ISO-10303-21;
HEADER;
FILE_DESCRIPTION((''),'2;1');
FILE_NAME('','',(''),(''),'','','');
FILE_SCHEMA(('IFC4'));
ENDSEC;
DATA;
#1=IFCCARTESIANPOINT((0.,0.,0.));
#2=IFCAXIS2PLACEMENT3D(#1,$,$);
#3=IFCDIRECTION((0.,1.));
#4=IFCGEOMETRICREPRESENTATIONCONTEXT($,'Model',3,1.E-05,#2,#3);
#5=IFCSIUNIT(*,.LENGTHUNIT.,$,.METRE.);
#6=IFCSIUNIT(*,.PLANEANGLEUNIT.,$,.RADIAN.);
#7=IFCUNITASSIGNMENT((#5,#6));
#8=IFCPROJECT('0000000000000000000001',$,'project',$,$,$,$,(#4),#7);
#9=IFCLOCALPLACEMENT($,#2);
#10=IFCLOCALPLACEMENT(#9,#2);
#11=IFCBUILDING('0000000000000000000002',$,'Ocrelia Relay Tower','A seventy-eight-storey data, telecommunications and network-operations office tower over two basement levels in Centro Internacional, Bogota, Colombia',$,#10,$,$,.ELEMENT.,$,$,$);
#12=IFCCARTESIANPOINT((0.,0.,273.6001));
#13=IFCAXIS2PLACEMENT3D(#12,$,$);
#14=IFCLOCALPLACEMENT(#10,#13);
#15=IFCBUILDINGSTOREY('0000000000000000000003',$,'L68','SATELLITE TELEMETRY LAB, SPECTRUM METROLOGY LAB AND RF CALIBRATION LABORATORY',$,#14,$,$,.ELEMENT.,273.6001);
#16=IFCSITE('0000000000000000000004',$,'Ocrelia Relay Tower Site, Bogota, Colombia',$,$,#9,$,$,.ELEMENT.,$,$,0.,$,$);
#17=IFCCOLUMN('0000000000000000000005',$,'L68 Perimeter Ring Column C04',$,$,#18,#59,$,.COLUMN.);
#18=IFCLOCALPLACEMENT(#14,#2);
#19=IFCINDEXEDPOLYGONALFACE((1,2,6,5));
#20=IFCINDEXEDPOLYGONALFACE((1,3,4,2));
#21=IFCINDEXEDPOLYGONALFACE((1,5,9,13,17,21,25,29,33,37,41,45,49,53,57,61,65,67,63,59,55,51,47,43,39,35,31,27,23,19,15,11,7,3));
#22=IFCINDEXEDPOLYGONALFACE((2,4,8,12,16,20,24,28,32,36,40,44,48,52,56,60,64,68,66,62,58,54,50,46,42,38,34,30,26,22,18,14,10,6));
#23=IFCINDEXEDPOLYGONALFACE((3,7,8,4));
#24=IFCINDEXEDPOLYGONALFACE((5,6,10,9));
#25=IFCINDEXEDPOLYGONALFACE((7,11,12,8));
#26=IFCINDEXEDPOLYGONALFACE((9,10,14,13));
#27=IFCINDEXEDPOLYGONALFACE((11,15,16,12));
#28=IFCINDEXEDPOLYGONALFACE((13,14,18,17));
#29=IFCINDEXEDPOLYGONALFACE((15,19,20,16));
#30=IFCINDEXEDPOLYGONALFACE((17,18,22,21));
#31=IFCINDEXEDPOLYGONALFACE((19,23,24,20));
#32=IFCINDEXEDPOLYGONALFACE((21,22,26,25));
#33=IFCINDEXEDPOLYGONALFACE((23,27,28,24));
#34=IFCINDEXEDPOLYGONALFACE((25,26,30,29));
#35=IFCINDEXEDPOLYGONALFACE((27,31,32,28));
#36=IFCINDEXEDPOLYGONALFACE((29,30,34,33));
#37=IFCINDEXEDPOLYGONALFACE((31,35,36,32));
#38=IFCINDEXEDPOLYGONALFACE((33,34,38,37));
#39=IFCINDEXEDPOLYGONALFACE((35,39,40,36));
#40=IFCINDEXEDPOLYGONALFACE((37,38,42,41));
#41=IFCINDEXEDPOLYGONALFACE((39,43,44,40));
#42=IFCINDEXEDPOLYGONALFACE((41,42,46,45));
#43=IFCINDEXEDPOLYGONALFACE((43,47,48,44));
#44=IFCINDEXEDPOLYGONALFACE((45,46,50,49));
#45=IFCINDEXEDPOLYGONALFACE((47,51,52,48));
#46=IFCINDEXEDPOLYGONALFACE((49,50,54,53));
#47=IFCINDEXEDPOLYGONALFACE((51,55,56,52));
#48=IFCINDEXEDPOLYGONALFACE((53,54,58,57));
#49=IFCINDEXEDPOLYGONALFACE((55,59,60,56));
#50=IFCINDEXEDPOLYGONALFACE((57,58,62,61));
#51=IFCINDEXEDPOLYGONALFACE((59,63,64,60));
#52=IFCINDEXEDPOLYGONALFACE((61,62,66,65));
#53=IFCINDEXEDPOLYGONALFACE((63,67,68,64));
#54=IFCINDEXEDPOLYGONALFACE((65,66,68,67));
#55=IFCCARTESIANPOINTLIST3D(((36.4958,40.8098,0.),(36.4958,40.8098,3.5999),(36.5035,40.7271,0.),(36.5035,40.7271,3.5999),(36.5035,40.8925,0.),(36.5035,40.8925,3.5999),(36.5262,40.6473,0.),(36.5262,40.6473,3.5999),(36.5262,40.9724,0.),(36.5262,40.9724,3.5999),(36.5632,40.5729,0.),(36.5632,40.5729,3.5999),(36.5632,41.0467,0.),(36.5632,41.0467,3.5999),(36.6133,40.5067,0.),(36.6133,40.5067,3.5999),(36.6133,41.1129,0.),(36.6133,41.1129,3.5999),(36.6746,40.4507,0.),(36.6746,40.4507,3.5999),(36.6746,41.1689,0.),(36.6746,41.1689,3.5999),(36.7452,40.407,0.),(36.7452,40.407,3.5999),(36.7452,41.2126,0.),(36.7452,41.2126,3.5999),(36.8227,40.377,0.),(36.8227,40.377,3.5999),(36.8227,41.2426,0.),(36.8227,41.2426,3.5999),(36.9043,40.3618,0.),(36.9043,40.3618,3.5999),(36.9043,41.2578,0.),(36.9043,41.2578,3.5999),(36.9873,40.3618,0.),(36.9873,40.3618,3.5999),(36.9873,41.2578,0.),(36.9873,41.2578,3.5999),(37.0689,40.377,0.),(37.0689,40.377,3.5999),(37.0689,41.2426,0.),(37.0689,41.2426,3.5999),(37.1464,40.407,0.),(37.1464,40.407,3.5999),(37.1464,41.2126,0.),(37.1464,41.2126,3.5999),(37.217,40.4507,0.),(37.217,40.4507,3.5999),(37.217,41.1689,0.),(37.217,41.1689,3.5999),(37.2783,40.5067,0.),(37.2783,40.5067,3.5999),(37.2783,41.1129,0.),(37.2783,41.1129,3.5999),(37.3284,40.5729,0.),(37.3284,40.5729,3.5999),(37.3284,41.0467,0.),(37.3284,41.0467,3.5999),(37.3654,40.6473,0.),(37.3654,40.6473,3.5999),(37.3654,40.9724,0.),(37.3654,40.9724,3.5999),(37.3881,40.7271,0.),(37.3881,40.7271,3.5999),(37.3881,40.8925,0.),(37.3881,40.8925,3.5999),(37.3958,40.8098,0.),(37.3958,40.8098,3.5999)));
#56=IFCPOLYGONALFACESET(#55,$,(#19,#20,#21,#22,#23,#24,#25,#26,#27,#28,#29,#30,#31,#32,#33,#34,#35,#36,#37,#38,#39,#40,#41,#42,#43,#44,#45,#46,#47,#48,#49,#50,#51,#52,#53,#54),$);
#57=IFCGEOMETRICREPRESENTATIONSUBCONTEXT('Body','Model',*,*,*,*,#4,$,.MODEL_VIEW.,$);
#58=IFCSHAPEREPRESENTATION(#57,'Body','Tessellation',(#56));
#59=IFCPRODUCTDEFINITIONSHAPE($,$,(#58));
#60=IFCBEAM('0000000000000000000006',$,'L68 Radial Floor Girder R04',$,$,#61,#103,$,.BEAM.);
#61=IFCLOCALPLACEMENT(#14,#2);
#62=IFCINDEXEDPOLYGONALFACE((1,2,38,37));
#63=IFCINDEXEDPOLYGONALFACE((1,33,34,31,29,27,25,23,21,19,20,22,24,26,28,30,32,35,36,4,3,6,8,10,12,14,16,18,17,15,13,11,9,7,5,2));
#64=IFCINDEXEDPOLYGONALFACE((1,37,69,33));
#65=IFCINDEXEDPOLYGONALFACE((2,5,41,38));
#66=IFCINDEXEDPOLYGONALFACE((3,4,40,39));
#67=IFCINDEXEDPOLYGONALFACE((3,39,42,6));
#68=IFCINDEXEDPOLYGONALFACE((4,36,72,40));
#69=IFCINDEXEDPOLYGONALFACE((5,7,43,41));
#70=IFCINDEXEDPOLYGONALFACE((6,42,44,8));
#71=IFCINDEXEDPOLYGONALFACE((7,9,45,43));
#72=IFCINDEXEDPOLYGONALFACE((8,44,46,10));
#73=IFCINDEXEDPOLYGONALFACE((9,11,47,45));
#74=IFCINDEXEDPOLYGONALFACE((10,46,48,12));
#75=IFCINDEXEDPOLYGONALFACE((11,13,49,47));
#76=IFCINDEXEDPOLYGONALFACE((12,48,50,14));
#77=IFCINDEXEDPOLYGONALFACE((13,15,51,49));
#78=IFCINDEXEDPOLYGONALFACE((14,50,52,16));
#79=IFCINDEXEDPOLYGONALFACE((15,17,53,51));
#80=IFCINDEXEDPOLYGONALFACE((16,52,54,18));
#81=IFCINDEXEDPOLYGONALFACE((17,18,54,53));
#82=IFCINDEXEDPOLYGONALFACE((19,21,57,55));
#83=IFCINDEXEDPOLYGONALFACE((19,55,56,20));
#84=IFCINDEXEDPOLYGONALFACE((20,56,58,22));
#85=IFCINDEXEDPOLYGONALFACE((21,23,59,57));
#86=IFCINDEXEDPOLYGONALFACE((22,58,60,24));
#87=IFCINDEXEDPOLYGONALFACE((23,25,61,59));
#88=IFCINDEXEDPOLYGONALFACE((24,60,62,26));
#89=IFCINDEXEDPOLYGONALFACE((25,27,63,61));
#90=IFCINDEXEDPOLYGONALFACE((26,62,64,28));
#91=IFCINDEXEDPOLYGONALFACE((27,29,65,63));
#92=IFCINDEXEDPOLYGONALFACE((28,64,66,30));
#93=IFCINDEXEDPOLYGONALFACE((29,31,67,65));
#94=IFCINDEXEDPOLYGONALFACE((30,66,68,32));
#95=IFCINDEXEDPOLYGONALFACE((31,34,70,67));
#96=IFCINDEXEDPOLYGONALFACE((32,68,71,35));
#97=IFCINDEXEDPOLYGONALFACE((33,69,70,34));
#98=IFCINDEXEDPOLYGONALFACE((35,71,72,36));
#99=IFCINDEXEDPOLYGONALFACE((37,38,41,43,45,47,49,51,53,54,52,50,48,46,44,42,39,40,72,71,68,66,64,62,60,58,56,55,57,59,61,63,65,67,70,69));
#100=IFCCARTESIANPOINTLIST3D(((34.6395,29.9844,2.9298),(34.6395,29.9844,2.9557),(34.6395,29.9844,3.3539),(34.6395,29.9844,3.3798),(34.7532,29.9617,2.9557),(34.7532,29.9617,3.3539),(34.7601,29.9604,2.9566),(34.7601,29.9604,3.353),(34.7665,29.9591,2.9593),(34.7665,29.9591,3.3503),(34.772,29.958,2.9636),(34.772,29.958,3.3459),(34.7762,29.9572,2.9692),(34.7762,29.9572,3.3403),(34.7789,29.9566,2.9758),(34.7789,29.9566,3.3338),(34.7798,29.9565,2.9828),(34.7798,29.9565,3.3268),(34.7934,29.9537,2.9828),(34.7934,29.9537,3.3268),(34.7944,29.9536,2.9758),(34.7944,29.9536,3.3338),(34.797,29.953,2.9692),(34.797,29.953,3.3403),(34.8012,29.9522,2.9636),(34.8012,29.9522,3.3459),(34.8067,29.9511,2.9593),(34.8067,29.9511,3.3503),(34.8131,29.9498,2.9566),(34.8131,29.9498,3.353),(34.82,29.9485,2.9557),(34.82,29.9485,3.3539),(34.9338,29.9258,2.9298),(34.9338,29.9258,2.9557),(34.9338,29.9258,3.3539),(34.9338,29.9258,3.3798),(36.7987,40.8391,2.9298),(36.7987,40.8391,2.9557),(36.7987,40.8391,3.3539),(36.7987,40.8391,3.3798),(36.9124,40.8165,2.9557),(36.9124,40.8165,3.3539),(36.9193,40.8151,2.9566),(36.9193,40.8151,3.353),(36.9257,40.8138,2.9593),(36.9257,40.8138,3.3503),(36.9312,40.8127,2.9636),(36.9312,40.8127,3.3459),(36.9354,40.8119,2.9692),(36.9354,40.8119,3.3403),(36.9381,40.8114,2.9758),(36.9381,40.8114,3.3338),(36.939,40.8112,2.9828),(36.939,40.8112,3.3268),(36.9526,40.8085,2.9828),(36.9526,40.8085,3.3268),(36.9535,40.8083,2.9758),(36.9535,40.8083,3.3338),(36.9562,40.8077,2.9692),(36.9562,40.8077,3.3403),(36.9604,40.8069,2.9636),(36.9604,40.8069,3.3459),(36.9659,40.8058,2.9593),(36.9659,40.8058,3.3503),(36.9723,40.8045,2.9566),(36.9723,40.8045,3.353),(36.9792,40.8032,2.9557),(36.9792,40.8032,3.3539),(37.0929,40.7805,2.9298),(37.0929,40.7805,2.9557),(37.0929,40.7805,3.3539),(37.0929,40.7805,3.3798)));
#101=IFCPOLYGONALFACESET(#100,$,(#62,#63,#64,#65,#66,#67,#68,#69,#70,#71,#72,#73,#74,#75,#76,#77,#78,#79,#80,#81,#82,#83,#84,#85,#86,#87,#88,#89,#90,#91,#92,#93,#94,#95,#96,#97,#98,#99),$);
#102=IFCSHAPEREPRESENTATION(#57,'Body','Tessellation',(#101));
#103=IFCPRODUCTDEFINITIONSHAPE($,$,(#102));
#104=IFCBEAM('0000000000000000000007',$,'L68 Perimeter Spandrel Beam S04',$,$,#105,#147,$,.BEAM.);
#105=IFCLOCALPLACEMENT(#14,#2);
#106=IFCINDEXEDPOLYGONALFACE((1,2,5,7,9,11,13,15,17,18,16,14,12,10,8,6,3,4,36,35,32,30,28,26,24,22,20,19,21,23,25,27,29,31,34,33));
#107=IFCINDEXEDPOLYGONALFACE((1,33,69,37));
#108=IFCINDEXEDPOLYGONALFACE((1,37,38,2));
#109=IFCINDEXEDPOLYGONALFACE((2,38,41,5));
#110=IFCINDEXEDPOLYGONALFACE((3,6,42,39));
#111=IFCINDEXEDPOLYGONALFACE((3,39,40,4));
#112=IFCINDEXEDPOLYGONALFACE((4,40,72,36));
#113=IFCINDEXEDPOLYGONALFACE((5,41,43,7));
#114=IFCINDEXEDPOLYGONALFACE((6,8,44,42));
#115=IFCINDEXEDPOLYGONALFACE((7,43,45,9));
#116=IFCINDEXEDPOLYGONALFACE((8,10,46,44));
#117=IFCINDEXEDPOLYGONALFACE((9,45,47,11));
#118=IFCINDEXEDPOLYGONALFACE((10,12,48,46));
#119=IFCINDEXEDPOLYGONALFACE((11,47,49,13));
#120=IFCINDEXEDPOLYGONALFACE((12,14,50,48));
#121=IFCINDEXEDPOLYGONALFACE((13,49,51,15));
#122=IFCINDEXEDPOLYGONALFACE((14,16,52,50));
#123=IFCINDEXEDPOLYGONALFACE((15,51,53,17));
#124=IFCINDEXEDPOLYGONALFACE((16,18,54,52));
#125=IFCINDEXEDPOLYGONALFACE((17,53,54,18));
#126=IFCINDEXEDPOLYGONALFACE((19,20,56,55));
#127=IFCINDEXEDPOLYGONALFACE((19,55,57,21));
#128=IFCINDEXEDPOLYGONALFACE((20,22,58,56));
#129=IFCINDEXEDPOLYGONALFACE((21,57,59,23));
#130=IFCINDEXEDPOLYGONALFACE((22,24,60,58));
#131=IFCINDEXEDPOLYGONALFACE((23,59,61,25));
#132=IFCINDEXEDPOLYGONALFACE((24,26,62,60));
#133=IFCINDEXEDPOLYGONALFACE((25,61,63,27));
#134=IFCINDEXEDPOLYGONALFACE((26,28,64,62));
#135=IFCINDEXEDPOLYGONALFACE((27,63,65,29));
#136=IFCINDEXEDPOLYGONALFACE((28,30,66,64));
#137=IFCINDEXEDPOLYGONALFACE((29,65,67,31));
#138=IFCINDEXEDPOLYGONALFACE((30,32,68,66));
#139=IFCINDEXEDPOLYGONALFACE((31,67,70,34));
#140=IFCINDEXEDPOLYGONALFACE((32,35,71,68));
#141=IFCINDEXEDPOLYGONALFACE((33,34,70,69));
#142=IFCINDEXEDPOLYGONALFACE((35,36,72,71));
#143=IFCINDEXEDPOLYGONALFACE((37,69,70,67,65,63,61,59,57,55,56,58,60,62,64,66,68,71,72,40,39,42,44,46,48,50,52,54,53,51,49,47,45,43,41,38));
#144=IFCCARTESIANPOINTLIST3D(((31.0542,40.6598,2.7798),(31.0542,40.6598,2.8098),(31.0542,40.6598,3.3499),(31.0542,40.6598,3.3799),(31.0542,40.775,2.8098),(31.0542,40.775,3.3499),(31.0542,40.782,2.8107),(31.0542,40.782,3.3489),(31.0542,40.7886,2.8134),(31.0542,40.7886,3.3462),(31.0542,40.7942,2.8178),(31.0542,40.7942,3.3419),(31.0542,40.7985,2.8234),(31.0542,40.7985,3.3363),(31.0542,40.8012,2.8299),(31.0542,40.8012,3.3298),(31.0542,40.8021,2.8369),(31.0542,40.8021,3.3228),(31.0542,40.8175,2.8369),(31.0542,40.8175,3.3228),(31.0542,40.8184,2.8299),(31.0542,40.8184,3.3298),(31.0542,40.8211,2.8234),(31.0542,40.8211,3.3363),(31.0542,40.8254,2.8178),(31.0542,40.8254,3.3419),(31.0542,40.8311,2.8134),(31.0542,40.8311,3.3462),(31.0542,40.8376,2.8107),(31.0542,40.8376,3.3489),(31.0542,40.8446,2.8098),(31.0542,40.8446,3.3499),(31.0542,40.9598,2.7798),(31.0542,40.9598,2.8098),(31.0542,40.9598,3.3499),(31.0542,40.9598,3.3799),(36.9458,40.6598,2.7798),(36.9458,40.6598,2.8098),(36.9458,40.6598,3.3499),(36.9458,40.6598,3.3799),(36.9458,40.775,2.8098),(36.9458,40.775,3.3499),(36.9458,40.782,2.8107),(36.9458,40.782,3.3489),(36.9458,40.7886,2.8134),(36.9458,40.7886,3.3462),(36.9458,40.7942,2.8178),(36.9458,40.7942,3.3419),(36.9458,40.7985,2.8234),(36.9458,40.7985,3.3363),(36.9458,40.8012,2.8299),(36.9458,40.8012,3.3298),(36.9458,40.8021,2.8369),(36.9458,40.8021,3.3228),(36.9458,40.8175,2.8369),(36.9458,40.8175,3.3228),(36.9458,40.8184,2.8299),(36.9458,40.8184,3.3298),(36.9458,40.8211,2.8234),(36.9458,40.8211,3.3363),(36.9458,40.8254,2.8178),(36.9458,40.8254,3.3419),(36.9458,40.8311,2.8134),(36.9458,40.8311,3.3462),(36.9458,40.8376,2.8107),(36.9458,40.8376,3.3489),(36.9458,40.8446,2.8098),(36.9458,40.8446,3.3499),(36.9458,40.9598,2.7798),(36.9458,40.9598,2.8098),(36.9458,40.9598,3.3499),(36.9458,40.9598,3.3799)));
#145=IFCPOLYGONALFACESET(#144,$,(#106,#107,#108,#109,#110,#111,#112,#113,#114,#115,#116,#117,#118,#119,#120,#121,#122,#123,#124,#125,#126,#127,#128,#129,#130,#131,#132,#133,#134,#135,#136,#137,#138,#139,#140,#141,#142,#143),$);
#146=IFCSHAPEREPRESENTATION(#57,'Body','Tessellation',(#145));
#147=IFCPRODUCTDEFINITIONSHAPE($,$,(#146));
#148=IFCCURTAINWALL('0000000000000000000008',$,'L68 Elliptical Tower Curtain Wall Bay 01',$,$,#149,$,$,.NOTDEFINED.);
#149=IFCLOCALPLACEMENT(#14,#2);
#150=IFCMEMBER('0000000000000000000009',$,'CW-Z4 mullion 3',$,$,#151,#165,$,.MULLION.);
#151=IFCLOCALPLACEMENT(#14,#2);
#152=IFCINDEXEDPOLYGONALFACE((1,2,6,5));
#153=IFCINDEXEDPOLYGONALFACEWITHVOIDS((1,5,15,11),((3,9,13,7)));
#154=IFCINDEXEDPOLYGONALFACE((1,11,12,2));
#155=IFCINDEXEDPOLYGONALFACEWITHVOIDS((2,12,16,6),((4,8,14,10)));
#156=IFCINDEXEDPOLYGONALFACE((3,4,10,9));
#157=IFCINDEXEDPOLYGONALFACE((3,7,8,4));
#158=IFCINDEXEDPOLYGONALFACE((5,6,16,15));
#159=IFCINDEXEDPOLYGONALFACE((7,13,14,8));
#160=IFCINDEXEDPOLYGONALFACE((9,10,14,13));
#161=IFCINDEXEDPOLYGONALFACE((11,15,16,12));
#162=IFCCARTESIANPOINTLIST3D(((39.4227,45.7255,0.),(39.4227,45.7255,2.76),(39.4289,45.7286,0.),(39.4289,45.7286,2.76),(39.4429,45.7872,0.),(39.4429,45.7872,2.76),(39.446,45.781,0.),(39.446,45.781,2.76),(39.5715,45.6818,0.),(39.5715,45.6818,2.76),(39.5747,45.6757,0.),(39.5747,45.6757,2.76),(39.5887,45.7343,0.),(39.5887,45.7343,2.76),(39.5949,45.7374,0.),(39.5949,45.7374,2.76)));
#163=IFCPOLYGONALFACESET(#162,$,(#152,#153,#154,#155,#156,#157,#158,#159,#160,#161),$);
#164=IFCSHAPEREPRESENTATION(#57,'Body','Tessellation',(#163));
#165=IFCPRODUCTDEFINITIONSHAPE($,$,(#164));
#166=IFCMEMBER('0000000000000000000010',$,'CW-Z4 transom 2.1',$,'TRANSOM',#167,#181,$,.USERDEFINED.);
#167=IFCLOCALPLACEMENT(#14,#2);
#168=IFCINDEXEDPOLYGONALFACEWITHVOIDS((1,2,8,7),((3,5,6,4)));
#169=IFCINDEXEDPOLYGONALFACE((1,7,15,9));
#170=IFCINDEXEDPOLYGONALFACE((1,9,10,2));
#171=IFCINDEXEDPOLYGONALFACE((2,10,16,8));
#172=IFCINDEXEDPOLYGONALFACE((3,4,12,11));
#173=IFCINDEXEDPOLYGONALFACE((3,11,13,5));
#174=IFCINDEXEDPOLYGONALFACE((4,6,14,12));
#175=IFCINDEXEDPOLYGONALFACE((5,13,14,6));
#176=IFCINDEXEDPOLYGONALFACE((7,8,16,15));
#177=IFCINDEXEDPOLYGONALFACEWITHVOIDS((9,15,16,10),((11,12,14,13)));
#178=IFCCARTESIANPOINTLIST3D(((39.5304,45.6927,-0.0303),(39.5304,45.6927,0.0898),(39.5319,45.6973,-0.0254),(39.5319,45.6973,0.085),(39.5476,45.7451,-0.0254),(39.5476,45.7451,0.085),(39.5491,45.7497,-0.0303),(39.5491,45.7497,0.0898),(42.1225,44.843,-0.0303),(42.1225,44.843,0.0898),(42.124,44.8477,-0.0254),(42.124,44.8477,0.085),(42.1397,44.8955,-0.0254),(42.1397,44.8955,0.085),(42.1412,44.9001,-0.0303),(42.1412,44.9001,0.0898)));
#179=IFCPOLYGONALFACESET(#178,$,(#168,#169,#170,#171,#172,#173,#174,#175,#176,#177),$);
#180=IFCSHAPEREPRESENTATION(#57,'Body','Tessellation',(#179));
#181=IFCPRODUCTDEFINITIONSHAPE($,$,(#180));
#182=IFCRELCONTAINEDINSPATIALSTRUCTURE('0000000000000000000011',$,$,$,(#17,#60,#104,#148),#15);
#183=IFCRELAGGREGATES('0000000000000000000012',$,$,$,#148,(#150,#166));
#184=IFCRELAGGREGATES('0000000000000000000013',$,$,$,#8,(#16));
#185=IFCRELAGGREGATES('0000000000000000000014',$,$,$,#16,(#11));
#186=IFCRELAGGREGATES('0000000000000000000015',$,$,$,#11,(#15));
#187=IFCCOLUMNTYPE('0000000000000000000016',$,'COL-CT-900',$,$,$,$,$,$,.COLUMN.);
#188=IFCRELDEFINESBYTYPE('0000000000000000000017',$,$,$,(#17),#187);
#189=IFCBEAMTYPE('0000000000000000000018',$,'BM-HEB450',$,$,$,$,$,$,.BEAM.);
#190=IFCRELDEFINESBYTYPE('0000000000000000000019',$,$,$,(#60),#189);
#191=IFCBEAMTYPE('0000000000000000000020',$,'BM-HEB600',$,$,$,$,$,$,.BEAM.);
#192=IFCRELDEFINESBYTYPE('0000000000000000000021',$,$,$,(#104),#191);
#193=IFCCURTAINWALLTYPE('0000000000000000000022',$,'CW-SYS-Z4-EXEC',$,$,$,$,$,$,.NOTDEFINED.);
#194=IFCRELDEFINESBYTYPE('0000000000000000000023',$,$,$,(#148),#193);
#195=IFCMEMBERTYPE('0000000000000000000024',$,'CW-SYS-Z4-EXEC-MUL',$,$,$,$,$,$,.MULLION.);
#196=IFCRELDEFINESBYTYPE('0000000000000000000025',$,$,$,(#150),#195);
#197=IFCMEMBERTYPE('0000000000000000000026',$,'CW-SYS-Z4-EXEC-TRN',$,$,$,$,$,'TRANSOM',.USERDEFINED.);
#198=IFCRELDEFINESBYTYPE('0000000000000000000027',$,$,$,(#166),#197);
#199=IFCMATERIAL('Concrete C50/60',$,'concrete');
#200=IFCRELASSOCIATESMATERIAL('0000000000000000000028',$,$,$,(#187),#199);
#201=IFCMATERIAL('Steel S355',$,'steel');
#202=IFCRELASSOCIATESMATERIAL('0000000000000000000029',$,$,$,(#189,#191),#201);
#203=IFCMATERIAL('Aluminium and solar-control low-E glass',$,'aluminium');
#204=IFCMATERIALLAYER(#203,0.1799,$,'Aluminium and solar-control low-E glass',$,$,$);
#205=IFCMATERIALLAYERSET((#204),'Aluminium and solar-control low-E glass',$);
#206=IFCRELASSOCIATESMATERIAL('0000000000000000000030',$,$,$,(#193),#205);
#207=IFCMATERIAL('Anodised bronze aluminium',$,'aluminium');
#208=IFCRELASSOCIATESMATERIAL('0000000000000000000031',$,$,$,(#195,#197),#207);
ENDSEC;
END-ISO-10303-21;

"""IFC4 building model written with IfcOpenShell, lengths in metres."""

from ifc_helpers import new_model, si_unit, direction, frame, origin, origin_2d, place, context, subcontext, project, spatial, hollow_rectangle, circle, i_section, extrude, material, layer, layer_set, material_profile, profile_set, type_object, element, aggregate, save


model = new_model("IFC4")

# Units and contexts
model_context = context("Model", 3, precision=1e-05, world=origin(), true_north=direction((0.0, 1.0)))
body_context = subcontext(model_context, "Body", "Model", "MODEL_VIEW")
ifc_project = project(units=[si_unit("LENGTHUNIT", "METRE"), si_unit("PLANEANGLEUNIT", "RADIAN")], contexts=[model_context])

# Site, building, storey
site_placement = place(None, origin())
site = spatial("IfcSite", under=ifc_project, at=site_placement, Name="Ocrelia Relay Tower Site, Bogota, Colombia", CompositionType="ELEMENT", RefElevation=0.0)
building_placement = place(site_placement, origin())
building = spatial("IfcBuilding", under=site, at=building_placement, Name="Ocrelia Relay Tower", Description="A seventy-eight-storey data, telecommunications and network-operations office tower over two basement levels in Centro Internacional, Bogota, Colombia", CompositionType="ELEMENT")
storey_placement = place(building_placement, frame((0.0, 0.0, 273.6001)))
storey = spatial("IfcBuildingStorey", under=building, at=storey_placement, Name="L68", Description="SATELLITE TELEMETRY LAB, SPECTRUM METROLOGY LAB AND RF CALIBRATION LABORATORY", CompositionType="ELEMENT", Elevation=273.6001)

# Column
ifc_material_1 = material(Name="Concrete C50/60", Category="concrete")
ifc_material_profile_1 = material_profile(ifc_material_1, circle(Radius=0.45, at=origin_2d()), Name="RC-CIR-900")
ifc_profile_set_1 = profile_set([ifc_material_profile_1], Name="Concrete C50/60")
column_type = type_object("IfcColumnType", Name="COL-CT-900", PredefinedType="COLUMN", material=ifc_profile_set_1)
column_placement = place(storey_placement, frame((36.9458, 40.8098, 0.0), z_axis=(0.0, 0.0, 1.0), x_axis=(1.0, 0.0, 0.0)))
element("IfcColumn", 1, at=column_placement, inside=storey, type_object=column_type, Name="L68 Perimeter Ring Column C04", PredefinedType="COLUMN", context=body_context, shape_type="SweptSolid", body=[
    extrude(circle(Radius=0.45, at=origin_2d()), origin(), (0.0, 0.0, 1.0), 3.5999),
])

# Beams
ifc_material_2 = material(Name="Steel S355", Category="steel")
ifc_material_profile_2 = material_profile(ifc_material_2, i_section(OverallWidth=0.3, OverallDepth=0.45, WebThickness=0.0139, FlangeThickness=0.0259, FilletRadius=0.0271, at=origin_2d()), Name="HEB 450")
ifc_profile_set_2 = profile_set([ifc_material_profile_2], Name="Steel S355")
beam_type_1 = type_object("IfcBeamType", Name="BM-HEB450", PredefinedType="BEAM", material=ifc_profile_set_2)
beam_1_placement = place(storey_placement, frame((36.9458, 40.8098, 3.1548), z_axis=(-0.195094, -0.980785, 0.0), x_axis=(0.980785, -0.195094, 0.0)))
element("IfcBeam", 2, at=beam_1_placement, inside=storey, type_object=beam_type_1, Name="L68 Radial Floor Girder R04", PredefinedType="BEAM", context=body_context, shape_type="SweptSolid", body=[
    extrude(i_section(OverallWidth=0.3, OverallDepth=0.45, WebThickness=0.0139, FlangeThickness=0.0259, FilletRadius=0.0271, at=origin_2d()), origin(), (0.0, 0.0, 1.0), 11.0674),
])
ifc_material_profile_3 = material_profile(ifc_material_2, i_section(OverallWidth=0.3, OverallDepth=0.6001, WebThickness=0.0154, FlangeThickness=0.03, FilletRadius=0.0271, at=origin_2d()), Name="HEB 600")
ifc_profile_set_3 = profile_set([ifc_material_profile_3], Name="Steel S355")
beam_type_2 = type_object("IfcBeamType", Name="BM-HEB600", PredefinedType="BEAM", material=ifc_profile_set_3)
beam_2_placement = place(storey_placement, frame((36.9458, 40.8098, 3.0798), z_axis=(-1.0, 0.0, 0.0), x_axis=(0.0, -1.0, 0.0)))
element("IfcBeam", 3, at=beam_2_placement, inside=storey, type_object=beam_type_2, Name="L68 Perimeter Spandrel Beam S04", PredefinedType="BEAM", context=body_context, shape_type="SweptSolid", body=[
    extrude(i_section(OverallWidth=0.3, OverallDepth=0.6001, WebThickness=0.0154, FlangeThickness=0.03, FilletRadius=0.0271, at=origin_2d()), origin(), (0.0, 0.0, 1.0), 5.8916),
])

# Curtain wall, members
ifc_material_3 = material(Name="Aluminium and solar-control low-E glass", Category="aluminium")
ifc_layer_1 = layer(ifc_material_3, 0.1799, Name="Aluminium and solar-control low-E glass")
ifc_layer_set_1 = layer_set([ifc_layer_1], Name="Aluminium and solar-control low-E glass")
curtain_wall_type = type_object("IfcCurtainWallType", Name="CW-SYS-Z4-EXEC", PredefinedType="NOTDEFINED", material=ifc_layer_set_1)
curtain_wall_placement = place(storey_placement, origin())
curtain_wall = element("IfcCurtainWall", 4, at=curtain_wall_placement, inside=storey, type_object=curtain_wall_type, Name="L68 Elliptical Tower Curtain Wall Bay 01", PredefinedType="NOTDEFINED")
ifc_material_4 = material(Name="Anodised bronze aluminium", Category="aluminium")
ifc_material_profile_4 = material_profile(ifc_material_4, hollow_rectangle(XDim=0.0649, YDim=0.1599, WallThickness=0.0049, at=origin_2d()), Name="CW-MUL-160x65")
ifc_profile_set_4 = profile_set([ifc_material_profile_4], Name="Anodised bronze aluminium")
member_type_1 = type_object("IfcMemberType", Name="CW-SYS-Z4-EXEC-MUL", PredefinedType="MULLION", material=ifc_profile_set_4)
member_1_placement = place(storey_placement, frame((39.5088, 45.7314, 0.0), z_axis=(0.0, 0.0, 1.0), x_axis=(-0.311472, -0.950255, 0.0)))
member_1 = element("IfcMember", 5, at=member_1_placement, type_object=member_type_1, Name="CW-Z4 mullion 3", PredefinedType="MULLION", context=body_context, shape_type="SweptSolid", body=[
    extrude(hollow_rectangle(XDim=0.0649, YDim=0.1599, WallThickness=0.0049, at=origin_2d()), origin(), (0.0, 0.0, 1.0), 2.76),
])
ifc_material_profile_5 = material_profile(ifc_material_4, hollow_rectangle(XDim=0.0601, YDim=0.1201, WallThickness=0.0049, at=origin_2d()), Name="CW-TRN-120x60")
ifc_profile_set_5 = profile_set([ifc_material_profile_5], Name="Anodised bronze aluminium")
member_type_2 = type_object("IfcMemberType", Name="CW-SYS-Z4-EXEC-TRN", ElementType="TRANSOM", PredefinedType="USERDEFINED", material=ifc_profile_set_5)
member_2_placement = place(storey_placement, frame((42.1318, 44.8716, 0.0298), z_axis=(-0.950256, 0.311471, 0.0), x_axis=(-0.311471, -0.950256, 0.0)))
member_2 = element("IfcMember", 6, at=member_2_placement, type_object=member_type_2, Name="CW-Z4 transom 2.1", ObjectType="TRANSOM", PredefinedType="USERDEFINED", context=body_context, shape_type="SweptSolid", body=[
    extrude(hollow_rectangle(XDim=0.0601, YDim=0.1201, WallThickness=0.0049, at=origin_2d()), origin(), (0.0, 0.0, 1.0), 2.7278),
])
aggregate(curtain_wall, [member_1, member_2])

save(model, "model.ifc")
